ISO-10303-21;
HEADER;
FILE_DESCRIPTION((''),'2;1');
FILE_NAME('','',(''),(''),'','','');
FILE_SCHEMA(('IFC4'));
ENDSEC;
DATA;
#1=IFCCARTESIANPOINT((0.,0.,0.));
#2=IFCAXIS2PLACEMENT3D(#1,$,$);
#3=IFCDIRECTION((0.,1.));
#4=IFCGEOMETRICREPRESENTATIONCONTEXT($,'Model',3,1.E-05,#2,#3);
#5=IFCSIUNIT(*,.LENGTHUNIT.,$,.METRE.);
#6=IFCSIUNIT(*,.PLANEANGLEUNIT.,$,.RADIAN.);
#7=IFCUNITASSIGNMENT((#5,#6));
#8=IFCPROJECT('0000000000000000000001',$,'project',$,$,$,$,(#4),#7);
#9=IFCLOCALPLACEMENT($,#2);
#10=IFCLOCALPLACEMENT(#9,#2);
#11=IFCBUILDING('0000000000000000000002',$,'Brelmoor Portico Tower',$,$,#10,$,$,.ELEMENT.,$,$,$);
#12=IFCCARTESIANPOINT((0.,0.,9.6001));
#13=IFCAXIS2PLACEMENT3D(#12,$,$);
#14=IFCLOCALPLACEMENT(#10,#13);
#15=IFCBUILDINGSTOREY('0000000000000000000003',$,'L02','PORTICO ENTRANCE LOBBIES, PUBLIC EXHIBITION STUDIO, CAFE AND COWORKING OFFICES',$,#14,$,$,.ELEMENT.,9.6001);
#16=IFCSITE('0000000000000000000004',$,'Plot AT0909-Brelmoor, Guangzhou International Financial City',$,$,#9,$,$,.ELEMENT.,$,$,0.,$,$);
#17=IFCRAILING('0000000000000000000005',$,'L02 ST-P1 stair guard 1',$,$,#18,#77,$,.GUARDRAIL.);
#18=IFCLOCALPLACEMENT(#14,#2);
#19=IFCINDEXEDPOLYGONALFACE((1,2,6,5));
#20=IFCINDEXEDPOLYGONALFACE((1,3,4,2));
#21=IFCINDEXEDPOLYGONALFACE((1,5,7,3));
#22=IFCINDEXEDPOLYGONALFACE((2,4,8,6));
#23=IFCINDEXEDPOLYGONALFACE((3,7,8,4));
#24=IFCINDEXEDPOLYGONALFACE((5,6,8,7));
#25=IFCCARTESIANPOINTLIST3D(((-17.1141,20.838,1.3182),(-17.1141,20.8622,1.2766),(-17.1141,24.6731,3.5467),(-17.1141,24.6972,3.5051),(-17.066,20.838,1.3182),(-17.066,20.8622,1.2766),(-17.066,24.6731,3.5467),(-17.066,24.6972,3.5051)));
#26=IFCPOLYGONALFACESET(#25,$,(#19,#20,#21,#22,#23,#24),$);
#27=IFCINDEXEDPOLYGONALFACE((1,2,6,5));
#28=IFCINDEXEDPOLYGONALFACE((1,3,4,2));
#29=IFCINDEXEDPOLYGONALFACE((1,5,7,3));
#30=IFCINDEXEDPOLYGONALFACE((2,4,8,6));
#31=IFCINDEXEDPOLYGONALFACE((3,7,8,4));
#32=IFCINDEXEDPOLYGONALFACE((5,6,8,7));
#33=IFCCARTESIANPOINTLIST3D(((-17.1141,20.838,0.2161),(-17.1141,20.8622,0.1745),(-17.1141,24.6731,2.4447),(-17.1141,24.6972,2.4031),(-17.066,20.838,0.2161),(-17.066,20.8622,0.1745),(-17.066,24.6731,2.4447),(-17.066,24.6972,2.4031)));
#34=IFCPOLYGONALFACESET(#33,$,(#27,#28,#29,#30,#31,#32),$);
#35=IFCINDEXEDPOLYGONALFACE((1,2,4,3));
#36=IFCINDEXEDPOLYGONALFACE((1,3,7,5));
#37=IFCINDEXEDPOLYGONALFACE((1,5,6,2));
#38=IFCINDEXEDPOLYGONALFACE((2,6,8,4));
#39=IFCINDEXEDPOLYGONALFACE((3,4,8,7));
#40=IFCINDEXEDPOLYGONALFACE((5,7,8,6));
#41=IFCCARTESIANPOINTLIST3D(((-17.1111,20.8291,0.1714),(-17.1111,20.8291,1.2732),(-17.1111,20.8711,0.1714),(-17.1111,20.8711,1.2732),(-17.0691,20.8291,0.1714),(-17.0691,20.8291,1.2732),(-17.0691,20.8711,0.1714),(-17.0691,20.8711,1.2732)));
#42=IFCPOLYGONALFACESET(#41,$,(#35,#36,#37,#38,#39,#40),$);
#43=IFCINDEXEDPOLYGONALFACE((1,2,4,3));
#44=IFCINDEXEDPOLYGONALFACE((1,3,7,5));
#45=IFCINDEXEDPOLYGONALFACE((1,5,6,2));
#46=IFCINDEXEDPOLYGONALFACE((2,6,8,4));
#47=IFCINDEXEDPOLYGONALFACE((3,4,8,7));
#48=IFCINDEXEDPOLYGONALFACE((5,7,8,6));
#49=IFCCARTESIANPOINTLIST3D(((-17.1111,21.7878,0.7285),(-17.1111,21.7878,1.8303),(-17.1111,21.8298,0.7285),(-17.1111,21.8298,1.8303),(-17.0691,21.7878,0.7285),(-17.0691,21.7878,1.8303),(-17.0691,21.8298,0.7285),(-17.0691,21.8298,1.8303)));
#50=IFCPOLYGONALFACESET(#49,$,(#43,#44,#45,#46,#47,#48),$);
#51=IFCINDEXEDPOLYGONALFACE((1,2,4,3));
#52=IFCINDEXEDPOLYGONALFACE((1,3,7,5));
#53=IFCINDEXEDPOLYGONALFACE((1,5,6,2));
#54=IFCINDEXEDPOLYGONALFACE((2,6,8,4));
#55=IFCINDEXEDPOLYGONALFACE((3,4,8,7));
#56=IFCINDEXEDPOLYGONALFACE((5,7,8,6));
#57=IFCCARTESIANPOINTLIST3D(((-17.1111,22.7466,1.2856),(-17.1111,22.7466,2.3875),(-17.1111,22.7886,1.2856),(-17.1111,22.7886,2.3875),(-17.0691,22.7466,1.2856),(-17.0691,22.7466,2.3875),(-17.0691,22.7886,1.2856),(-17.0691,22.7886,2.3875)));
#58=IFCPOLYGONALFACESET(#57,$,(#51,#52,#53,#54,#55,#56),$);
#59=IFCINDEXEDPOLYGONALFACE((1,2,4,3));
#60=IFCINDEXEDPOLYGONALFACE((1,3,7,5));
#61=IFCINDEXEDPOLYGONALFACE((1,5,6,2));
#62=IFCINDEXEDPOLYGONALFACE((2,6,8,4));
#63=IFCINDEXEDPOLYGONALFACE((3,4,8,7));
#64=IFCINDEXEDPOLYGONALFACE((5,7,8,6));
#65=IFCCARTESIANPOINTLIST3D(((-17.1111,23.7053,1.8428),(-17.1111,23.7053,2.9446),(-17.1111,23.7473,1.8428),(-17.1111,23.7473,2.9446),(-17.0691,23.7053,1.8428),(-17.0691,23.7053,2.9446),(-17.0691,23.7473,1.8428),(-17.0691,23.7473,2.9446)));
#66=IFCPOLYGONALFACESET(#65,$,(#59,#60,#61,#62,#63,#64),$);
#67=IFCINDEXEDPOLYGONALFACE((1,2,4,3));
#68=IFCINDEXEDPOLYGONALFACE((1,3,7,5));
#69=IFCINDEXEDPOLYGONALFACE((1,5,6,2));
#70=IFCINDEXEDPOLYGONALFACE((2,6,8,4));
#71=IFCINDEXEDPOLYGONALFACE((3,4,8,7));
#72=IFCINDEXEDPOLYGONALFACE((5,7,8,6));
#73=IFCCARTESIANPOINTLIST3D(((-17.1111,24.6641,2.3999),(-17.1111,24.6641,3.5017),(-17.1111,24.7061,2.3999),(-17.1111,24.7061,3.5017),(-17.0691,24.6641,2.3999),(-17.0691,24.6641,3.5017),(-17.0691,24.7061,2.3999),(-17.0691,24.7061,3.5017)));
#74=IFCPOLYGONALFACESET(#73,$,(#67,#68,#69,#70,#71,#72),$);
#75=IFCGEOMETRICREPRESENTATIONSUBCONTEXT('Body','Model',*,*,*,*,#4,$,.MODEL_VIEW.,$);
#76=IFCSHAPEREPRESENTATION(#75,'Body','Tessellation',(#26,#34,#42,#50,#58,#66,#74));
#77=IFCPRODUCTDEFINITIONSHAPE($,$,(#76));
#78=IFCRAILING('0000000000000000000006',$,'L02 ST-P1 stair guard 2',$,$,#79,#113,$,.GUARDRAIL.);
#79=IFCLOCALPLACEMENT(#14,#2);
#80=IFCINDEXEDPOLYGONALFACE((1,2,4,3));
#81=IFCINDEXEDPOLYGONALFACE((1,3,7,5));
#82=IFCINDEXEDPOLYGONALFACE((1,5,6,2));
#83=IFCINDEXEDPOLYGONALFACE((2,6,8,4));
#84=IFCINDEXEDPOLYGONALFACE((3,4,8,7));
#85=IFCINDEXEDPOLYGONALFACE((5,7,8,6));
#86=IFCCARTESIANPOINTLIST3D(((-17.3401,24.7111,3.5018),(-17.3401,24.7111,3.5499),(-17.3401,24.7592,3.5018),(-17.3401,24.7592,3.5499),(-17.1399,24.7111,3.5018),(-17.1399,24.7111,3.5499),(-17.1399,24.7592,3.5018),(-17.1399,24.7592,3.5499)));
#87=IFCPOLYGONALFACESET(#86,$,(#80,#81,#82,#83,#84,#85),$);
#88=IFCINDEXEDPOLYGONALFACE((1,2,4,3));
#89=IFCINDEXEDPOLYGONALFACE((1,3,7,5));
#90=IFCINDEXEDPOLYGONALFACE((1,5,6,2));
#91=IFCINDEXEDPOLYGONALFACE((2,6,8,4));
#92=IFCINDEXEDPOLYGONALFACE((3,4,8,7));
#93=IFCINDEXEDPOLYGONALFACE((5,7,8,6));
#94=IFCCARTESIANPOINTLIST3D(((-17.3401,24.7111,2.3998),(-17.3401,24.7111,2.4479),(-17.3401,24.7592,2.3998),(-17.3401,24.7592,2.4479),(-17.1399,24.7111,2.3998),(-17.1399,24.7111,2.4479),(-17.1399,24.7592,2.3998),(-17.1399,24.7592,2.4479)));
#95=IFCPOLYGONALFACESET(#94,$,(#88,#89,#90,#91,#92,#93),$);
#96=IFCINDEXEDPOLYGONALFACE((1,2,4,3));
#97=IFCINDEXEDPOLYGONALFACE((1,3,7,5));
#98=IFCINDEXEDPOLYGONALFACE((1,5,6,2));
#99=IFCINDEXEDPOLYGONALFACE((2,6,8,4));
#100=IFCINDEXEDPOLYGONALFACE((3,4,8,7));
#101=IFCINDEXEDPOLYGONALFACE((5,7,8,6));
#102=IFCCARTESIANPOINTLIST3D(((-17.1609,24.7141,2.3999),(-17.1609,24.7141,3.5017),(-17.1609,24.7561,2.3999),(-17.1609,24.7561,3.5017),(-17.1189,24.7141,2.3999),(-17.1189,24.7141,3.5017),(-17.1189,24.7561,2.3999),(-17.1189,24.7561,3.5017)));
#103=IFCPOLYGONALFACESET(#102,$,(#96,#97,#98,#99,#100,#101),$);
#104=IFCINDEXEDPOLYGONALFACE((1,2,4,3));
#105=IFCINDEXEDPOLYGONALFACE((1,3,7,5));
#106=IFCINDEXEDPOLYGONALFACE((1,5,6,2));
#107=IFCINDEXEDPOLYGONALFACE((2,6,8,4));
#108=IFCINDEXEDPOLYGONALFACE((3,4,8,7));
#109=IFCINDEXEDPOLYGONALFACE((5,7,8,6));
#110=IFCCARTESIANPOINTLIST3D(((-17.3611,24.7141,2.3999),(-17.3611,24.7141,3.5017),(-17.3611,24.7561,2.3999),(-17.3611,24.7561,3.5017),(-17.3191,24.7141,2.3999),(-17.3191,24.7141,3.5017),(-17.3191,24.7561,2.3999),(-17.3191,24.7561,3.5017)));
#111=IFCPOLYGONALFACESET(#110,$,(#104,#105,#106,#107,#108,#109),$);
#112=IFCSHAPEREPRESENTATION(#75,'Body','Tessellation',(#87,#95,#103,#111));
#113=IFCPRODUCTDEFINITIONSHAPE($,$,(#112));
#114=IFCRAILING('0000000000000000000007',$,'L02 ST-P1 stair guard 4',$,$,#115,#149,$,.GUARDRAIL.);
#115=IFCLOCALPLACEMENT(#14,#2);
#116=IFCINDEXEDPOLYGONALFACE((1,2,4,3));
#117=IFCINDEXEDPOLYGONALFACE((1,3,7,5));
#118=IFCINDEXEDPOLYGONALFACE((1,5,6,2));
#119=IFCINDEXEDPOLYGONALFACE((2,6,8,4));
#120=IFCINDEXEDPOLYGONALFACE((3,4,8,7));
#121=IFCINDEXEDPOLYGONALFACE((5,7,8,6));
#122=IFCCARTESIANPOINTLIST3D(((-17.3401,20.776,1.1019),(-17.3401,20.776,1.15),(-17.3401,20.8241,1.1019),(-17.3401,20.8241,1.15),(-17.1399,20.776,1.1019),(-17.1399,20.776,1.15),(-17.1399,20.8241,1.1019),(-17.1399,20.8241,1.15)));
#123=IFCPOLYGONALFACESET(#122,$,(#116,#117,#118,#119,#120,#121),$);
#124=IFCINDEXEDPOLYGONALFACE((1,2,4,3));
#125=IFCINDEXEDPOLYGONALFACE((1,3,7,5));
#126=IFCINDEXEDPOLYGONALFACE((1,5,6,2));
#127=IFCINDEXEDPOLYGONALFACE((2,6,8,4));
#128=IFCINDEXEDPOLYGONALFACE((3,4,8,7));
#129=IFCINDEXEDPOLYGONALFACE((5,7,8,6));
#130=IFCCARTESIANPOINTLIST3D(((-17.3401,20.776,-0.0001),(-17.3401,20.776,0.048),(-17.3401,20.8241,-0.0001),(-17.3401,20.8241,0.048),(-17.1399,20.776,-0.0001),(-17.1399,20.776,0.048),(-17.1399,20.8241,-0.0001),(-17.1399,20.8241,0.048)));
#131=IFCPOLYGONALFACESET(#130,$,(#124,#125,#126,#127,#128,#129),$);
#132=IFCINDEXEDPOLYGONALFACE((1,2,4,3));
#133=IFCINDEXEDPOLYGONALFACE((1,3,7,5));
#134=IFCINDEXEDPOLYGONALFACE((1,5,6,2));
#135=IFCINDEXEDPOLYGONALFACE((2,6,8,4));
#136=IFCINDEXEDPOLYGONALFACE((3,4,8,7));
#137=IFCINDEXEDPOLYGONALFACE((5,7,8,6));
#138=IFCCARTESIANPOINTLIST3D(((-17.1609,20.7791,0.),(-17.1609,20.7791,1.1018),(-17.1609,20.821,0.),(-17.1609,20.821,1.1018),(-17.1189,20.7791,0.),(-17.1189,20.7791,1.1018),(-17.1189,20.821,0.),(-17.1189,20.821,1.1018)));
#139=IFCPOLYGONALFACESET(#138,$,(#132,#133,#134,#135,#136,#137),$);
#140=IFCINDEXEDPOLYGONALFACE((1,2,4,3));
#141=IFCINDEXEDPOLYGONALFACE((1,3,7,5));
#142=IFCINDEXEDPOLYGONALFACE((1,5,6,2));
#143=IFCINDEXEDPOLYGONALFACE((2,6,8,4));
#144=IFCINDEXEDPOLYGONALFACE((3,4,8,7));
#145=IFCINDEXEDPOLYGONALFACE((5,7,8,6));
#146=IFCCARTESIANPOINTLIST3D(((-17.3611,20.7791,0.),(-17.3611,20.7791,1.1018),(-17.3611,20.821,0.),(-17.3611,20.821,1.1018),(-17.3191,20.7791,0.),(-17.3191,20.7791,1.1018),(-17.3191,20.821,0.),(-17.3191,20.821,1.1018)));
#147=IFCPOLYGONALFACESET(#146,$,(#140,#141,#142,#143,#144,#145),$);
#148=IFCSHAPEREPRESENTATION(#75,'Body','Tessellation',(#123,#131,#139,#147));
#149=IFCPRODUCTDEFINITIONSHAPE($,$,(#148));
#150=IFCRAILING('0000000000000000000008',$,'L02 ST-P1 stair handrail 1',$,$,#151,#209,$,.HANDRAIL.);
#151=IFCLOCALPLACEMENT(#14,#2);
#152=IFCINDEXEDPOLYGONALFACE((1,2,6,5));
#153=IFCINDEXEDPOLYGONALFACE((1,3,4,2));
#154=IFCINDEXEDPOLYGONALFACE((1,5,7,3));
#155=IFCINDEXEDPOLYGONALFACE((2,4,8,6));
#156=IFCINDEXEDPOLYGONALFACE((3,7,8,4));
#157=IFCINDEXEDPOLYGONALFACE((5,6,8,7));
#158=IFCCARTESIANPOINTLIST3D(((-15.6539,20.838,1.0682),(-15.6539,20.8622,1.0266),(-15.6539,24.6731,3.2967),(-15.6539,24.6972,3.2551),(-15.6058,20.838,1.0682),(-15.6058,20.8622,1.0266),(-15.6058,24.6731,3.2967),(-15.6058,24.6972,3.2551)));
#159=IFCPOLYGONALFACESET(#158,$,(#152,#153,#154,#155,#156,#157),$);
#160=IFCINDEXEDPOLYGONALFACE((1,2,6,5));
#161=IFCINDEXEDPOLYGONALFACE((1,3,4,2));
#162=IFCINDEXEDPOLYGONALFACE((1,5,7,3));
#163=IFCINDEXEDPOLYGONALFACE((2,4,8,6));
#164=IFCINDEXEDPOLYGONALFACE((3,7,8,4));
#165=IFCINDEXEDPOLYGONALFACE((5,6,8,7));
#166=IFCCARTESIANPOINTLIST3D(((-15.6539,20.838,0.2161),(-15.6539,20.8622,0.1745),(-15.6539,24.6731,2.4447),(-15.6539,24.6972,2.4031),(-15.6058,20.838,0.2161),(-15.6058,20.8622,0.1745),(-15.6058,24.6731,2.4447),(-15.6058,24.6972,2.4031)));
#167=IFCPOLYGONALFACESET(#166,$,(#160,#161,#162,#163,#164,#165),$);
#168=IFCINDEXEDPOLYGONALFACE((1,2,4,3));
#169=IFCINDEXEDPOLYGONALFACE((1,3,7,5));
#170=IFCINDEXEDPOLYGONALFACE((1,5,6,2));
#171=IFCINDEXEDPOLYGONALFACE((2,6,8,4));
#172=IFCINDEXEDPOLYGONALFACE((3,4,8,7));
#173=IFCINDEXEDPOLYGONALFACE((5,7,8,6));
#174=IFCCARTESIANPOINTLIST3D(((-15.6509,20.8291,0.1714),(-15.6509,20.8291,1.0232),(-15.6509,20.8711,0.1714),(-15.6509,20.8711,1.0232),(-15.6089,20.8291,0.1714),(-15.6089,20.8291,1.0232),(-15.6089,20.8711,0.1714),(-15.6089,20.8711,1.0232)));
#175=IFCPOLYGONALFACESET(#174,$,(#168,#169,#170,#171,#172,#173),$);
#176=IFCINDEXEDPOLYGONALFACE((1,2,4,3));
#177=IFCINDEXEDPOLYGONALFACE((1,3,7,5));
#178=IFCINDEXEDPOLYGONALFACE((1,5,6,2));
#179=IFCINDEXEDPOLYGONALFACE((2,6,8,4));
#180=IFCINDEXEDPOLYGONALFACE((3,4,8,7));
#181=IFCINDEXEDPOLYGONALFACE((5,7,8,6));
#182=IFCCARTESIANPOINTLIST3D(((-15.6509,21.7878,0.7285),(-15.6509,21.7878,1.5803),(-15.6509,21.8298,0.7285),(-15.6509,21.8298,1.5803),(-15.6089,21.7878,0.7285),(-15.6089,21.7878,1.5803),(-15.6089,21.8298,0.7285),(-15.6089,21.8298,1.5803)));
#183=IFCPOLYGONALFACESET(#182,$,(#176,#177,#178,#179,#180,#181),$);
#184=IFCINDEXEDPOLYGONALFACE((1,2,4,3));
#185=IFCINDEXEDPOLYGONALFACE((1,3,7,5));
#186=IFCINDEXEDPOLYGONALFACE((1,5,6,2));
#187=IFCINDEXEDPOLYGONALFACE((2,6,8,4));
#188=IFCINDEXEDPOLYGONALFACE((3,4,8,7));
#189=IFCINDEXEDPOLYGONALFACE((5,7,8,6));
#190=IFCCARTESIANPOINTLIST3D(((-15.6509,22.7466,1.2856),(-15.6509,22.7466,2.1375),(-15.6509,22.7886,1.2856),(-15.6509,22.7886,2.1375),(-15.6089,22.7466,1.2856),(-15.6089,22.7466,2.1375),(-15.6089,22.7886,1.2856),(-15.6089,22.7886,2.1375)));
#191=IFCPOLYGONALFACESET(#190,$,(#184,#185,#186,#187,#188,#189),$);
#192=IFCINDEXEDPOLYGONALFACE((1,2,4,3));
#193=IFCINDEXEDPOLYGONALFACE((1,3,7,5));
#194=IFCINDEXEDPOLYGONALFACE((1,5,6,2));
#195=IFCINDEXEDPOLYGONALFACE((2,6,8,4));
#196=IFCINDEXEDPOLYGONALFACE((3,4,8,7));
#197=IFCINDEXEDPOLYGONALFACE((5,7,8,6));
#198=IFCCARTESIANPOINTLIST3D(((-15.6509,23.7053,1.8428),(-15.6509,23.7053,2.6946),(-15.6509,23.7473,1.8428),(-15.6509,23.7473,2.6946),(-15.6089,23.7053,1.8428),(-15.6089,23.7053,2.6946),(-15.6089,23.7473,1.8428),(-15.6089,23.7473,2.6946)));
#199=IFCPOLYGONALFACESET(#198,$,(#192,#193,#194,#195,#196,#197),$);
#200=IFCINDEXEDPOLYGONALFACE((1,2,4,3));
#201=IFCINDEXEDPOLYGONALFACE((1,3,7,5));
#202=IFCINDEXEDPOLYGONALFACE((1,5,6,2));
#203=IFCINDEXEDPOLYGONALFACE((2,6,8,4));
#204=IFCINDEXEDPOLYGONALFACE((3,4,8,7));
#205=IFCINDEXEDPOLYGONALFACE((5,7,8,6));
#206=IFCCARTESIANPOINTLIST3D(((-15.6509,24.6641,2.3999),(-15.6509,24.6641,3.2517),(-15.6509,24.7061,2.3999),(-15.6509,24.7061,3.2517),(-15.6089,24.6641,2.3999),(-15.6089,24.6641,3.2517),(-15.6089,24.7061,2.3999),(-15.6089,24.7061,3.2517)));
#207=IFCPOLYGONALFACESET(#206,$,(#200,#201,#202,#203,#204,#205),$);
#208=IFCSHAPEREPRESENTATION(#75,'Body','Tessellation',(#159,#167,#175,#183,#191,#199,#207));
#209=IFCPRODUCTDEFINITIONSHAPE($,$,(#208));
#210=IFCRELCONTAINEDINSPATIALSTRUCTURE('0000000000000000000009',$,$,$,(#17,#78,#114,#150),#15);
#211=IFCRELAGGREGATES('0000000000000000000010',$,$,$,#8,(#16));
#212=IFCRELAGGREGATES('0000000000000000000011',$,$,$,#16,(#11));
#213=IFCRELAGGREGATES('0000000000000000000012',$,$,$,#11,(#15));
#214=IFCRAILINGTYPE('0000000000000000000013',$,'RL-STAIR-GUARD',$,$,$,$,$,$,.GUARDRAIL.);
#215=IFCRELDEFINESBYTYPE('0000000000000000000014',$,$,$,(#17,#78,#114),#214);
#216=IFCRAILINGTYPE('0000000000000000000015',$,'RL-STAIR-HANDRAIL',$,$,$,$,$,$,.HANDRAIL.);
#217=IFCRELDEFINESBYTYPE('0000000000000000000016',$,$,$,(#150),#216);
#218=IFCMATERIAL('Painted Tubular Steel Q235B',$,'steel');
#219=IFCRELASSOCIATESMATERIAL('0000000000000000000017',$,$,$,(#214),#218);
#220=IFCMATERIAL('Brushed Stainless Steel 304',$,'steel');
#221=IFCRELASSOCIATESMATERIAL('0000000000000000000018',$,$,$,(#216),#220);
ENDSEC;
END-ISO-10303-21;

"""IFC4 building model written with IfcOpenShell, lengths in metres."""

from ifc_helpers import new_model, si_unit, direction, frame, origin, origin_2d, place, context, subcontext, project, spatial, rectangle, extrude, material, type_object, element, save


model = new_model("IFC4")

# Units and contexts
model_context = context("Model", 3, precision=1e-05, world=origin(), true_north=direction((0.0, 1.0)))
body_context = subcontext(model_context, "Body", "Model", "MODEL_VIEW")
ifc_project = project(units=[si_unit("LENGTHUNIT", "METRE"), si_unit("PLANEANGLEUNIT", "RADIAN")], contexts=[model_context])

# Site, building, storey
site_placement = place(None, origin())
site = spatial("IfcSite", under=ifc_project, at=site_placement, Name="Plot AT0909-Brelmoor, Guangzhou International Financial City", CompositionType="ELEMENT", RefElevation=0.0)
building_placement = place(site_placement, origin())
building = spatial("IfcBuilding", under=site, at=building_placement, Name="Brelmoor Portico Tower", CompositionType="ELEMENT")
storey_placement = place(building_placement, frame((0.0, 0.0, 9.6001)))
storey = spatial("IfcBuildingStorey", under=building, at=storey_placement, Name="L02", Description="PORTICO ENTRANCE LOBBIES, PUBLIC EXHIBITION STUDIO, CAFE AND COWORKING OFFICES", CompositionType="ELEMENT", Elevation=9.6001)

# Railings
ifc_material_1 = material(Name="Painted Tubular Steel Q235B", Category="steel")
railing_type_1 = type_object("IfcRailingType", Name="RL-STAIR-GUARD", PredefinedType="GUARDRAIL", material=ifc_material_1)
railing_1_placement = place(storey_placement, frame((-17.0901, 20.8501, 0.1714)))
element("IfcRailing", 1, at=railing_1_placement, inside=storey, type_object=railing_type_1, Name="L02 ST-P1 stair guard 1", PredefinedType="GUARDRAIL", context=body_context, shape_type="SweptSolid", body=[
    extrude(rectangle(XDim=0.0481, YDim=0.0481, at=origin_2d()), frame((0.0, 0.0, 1.126), z_axis=(0.0, 0.864616, 0.502433), x_axis=(-1.0, 0.0, 0.0)), (0.0, 0.0, 1.0), 4.4355),
    extrude(rectangle(XDim=0.0481, YDim=0.0481, at=origin_2d()), frame((0.0, 0.0, 0.0239), z_axis=(0.0, 0.864616, 0.502433), x_axis=(-1.0, 0.0, 0.0)), (0.0, 0.0, 1.0), 4.4355),
    extrude(rectangle(XDim=0.042, YDim=0.042, at=origin_2d()), origin(), (0.0, 0.0, 1.0), 1.1018),
    extrude(rectangle(XDim=0.042, YDim=0.042, at=origin_2d()), frame((0.0, 0.9587, 0.5571)), (0.0, 0.0, 1.0), 1.1018),
    extrude(rectangle(XDim=0.042, YDim=0.042, at=origin_2d()), frame((0.0, 1.9175, 1.1143)), (0.0, 0.0, 1.0), 1.1018),
    extrude(rectangle(XDim=0.042, YDim=0.042, at=origin_2d()), frame((0.0, 2.8762, 1.6714)), (0.0, 0.0, 1.0), 1.1018),
    extrude(rectangle(XDim=0.042, YDim=0.042, at=origin_2d()), frame((0.0, 3.835, 2.2285)), (0.0, 0.0, 1.0), 1.1018),
])
for number, where, name in (
    (2, (-17.1399, 24.7351, 2.3999), "L02 ST-P1 stair guard 2"),
    (3, (-17.1399, 20.8, 0.0), "L02 ST-P1 stair guard 4"),
):
    element("IfcRailing", number, at=place(storey_placement, frame(where)), inside=storey, type_object=railing_type_1, Name=name, PredefinedType="GUARDRAIL", context=body_context, shape_type="SweptSolid", body=[
        extrude(rectangle(XDim=0.0481, YDim=0.0481, at=origin_2d()), frame((0.0, 0.0, 1.126), z_axis=(-1.0, 0.0, 0.0), x_axis=(0.0, -1.0, 0.0)), (0.0, 0.0, 1.0), 0.2002),
        extrude(rectangle(XDim=0.0481, YDim=0.0481, at=origin_2d()), frame((0.0, 0.0, 0.0239), z_axis=(-1.0, 0.0, 0.0), x_axis=(0.0, -1.0, 0.0)), (0.0, 0.0, 1.0), 0.2002),
        extrude(rectangle(XDim=0.042, YDim=0.042, at=origin_2d()), origin(), (0.0, 0.0, 1.0), 1.1018),
        extrude(rectangle(XDim=0.042, YDim=0.042, at=origin_2d()), frame((-0.2002, 0.0, 0.0)), (0.0, 0.0, 1.0), 1.1018),
    ])
ifc_material_2 = material(Name="Brushed Stainless Steel 304", Category="steel")
railing_type_2 = type_object("IfcRailingType", Name="RL-STAIR-HANDRAIL", PredefinedType="HANDRAIL", material=ifc_material_2)
railing_2_placement = place(storey_placement, frame((-15.6299, 20.8501, 0.1714)))
element("IfcRailing", 4, at=railing_2_placement, inside=storey, type_object=railing_type_2, Name="L02 ST-P1 stair handrail 1", PredefinedType="HANDRAIL", context=body_context, shape_type="SweptSolid", body=[
    extrude(rectangle(XDim=0.0481, YDim=0.0481, at=origin_2d()), frame((0.0, 0.0, 0.876), z_axis=(0.0, 0.864616, 0.502433), x_axis=(-1.0, 0.0, 0.0)), (0.0, 0.0, 1.0), 4.4355),
    extrude(rectangle(XDim=0.0481, YDim=0.0481, at=origin_2d()), frame((0.0, 0.0, 0.0239), z_axis=(0.0, 0.864616, 0.502433), x_axis=(-1.0, 0.0, 0.0)), (0.0, 0.0, 1.0), 4.4355),
    extrude(rectangle(XDim=0.042, YDim=0.042, at=origin_2d()), origin(), (0.0, 0.0, 1.0), 0.8518),
    extrude(rectangle(XDim=0.042, YDim=0.042, at=origin_2d()), frame((0.0, 0.9587, 0.5571)), (0.0, 0.0, 1.0), 0.8518),
    extrude(rectangle(XDim=0.042, YDim=0.042, at=origin_2d()), frame((0.0, 1.9175, 1.1143)), (0.0, 0.0, 1.0), 0.8518),
    extrude(rectangle(XDim=0.042, YDim=0.042, at=origin_2d()), frame((0.0, 2.8762, 1.6714)), (0.0, 0.0, 1.0), 0.8518),
    extrude(rectangle(XDim=0.042, YDim=0.042, at=origin_2d()), frame((0.0, 3.835, 2.2285)), (0.0, 0.0, 1.0), 0.8518),
])

save(model, "model.ifc")
